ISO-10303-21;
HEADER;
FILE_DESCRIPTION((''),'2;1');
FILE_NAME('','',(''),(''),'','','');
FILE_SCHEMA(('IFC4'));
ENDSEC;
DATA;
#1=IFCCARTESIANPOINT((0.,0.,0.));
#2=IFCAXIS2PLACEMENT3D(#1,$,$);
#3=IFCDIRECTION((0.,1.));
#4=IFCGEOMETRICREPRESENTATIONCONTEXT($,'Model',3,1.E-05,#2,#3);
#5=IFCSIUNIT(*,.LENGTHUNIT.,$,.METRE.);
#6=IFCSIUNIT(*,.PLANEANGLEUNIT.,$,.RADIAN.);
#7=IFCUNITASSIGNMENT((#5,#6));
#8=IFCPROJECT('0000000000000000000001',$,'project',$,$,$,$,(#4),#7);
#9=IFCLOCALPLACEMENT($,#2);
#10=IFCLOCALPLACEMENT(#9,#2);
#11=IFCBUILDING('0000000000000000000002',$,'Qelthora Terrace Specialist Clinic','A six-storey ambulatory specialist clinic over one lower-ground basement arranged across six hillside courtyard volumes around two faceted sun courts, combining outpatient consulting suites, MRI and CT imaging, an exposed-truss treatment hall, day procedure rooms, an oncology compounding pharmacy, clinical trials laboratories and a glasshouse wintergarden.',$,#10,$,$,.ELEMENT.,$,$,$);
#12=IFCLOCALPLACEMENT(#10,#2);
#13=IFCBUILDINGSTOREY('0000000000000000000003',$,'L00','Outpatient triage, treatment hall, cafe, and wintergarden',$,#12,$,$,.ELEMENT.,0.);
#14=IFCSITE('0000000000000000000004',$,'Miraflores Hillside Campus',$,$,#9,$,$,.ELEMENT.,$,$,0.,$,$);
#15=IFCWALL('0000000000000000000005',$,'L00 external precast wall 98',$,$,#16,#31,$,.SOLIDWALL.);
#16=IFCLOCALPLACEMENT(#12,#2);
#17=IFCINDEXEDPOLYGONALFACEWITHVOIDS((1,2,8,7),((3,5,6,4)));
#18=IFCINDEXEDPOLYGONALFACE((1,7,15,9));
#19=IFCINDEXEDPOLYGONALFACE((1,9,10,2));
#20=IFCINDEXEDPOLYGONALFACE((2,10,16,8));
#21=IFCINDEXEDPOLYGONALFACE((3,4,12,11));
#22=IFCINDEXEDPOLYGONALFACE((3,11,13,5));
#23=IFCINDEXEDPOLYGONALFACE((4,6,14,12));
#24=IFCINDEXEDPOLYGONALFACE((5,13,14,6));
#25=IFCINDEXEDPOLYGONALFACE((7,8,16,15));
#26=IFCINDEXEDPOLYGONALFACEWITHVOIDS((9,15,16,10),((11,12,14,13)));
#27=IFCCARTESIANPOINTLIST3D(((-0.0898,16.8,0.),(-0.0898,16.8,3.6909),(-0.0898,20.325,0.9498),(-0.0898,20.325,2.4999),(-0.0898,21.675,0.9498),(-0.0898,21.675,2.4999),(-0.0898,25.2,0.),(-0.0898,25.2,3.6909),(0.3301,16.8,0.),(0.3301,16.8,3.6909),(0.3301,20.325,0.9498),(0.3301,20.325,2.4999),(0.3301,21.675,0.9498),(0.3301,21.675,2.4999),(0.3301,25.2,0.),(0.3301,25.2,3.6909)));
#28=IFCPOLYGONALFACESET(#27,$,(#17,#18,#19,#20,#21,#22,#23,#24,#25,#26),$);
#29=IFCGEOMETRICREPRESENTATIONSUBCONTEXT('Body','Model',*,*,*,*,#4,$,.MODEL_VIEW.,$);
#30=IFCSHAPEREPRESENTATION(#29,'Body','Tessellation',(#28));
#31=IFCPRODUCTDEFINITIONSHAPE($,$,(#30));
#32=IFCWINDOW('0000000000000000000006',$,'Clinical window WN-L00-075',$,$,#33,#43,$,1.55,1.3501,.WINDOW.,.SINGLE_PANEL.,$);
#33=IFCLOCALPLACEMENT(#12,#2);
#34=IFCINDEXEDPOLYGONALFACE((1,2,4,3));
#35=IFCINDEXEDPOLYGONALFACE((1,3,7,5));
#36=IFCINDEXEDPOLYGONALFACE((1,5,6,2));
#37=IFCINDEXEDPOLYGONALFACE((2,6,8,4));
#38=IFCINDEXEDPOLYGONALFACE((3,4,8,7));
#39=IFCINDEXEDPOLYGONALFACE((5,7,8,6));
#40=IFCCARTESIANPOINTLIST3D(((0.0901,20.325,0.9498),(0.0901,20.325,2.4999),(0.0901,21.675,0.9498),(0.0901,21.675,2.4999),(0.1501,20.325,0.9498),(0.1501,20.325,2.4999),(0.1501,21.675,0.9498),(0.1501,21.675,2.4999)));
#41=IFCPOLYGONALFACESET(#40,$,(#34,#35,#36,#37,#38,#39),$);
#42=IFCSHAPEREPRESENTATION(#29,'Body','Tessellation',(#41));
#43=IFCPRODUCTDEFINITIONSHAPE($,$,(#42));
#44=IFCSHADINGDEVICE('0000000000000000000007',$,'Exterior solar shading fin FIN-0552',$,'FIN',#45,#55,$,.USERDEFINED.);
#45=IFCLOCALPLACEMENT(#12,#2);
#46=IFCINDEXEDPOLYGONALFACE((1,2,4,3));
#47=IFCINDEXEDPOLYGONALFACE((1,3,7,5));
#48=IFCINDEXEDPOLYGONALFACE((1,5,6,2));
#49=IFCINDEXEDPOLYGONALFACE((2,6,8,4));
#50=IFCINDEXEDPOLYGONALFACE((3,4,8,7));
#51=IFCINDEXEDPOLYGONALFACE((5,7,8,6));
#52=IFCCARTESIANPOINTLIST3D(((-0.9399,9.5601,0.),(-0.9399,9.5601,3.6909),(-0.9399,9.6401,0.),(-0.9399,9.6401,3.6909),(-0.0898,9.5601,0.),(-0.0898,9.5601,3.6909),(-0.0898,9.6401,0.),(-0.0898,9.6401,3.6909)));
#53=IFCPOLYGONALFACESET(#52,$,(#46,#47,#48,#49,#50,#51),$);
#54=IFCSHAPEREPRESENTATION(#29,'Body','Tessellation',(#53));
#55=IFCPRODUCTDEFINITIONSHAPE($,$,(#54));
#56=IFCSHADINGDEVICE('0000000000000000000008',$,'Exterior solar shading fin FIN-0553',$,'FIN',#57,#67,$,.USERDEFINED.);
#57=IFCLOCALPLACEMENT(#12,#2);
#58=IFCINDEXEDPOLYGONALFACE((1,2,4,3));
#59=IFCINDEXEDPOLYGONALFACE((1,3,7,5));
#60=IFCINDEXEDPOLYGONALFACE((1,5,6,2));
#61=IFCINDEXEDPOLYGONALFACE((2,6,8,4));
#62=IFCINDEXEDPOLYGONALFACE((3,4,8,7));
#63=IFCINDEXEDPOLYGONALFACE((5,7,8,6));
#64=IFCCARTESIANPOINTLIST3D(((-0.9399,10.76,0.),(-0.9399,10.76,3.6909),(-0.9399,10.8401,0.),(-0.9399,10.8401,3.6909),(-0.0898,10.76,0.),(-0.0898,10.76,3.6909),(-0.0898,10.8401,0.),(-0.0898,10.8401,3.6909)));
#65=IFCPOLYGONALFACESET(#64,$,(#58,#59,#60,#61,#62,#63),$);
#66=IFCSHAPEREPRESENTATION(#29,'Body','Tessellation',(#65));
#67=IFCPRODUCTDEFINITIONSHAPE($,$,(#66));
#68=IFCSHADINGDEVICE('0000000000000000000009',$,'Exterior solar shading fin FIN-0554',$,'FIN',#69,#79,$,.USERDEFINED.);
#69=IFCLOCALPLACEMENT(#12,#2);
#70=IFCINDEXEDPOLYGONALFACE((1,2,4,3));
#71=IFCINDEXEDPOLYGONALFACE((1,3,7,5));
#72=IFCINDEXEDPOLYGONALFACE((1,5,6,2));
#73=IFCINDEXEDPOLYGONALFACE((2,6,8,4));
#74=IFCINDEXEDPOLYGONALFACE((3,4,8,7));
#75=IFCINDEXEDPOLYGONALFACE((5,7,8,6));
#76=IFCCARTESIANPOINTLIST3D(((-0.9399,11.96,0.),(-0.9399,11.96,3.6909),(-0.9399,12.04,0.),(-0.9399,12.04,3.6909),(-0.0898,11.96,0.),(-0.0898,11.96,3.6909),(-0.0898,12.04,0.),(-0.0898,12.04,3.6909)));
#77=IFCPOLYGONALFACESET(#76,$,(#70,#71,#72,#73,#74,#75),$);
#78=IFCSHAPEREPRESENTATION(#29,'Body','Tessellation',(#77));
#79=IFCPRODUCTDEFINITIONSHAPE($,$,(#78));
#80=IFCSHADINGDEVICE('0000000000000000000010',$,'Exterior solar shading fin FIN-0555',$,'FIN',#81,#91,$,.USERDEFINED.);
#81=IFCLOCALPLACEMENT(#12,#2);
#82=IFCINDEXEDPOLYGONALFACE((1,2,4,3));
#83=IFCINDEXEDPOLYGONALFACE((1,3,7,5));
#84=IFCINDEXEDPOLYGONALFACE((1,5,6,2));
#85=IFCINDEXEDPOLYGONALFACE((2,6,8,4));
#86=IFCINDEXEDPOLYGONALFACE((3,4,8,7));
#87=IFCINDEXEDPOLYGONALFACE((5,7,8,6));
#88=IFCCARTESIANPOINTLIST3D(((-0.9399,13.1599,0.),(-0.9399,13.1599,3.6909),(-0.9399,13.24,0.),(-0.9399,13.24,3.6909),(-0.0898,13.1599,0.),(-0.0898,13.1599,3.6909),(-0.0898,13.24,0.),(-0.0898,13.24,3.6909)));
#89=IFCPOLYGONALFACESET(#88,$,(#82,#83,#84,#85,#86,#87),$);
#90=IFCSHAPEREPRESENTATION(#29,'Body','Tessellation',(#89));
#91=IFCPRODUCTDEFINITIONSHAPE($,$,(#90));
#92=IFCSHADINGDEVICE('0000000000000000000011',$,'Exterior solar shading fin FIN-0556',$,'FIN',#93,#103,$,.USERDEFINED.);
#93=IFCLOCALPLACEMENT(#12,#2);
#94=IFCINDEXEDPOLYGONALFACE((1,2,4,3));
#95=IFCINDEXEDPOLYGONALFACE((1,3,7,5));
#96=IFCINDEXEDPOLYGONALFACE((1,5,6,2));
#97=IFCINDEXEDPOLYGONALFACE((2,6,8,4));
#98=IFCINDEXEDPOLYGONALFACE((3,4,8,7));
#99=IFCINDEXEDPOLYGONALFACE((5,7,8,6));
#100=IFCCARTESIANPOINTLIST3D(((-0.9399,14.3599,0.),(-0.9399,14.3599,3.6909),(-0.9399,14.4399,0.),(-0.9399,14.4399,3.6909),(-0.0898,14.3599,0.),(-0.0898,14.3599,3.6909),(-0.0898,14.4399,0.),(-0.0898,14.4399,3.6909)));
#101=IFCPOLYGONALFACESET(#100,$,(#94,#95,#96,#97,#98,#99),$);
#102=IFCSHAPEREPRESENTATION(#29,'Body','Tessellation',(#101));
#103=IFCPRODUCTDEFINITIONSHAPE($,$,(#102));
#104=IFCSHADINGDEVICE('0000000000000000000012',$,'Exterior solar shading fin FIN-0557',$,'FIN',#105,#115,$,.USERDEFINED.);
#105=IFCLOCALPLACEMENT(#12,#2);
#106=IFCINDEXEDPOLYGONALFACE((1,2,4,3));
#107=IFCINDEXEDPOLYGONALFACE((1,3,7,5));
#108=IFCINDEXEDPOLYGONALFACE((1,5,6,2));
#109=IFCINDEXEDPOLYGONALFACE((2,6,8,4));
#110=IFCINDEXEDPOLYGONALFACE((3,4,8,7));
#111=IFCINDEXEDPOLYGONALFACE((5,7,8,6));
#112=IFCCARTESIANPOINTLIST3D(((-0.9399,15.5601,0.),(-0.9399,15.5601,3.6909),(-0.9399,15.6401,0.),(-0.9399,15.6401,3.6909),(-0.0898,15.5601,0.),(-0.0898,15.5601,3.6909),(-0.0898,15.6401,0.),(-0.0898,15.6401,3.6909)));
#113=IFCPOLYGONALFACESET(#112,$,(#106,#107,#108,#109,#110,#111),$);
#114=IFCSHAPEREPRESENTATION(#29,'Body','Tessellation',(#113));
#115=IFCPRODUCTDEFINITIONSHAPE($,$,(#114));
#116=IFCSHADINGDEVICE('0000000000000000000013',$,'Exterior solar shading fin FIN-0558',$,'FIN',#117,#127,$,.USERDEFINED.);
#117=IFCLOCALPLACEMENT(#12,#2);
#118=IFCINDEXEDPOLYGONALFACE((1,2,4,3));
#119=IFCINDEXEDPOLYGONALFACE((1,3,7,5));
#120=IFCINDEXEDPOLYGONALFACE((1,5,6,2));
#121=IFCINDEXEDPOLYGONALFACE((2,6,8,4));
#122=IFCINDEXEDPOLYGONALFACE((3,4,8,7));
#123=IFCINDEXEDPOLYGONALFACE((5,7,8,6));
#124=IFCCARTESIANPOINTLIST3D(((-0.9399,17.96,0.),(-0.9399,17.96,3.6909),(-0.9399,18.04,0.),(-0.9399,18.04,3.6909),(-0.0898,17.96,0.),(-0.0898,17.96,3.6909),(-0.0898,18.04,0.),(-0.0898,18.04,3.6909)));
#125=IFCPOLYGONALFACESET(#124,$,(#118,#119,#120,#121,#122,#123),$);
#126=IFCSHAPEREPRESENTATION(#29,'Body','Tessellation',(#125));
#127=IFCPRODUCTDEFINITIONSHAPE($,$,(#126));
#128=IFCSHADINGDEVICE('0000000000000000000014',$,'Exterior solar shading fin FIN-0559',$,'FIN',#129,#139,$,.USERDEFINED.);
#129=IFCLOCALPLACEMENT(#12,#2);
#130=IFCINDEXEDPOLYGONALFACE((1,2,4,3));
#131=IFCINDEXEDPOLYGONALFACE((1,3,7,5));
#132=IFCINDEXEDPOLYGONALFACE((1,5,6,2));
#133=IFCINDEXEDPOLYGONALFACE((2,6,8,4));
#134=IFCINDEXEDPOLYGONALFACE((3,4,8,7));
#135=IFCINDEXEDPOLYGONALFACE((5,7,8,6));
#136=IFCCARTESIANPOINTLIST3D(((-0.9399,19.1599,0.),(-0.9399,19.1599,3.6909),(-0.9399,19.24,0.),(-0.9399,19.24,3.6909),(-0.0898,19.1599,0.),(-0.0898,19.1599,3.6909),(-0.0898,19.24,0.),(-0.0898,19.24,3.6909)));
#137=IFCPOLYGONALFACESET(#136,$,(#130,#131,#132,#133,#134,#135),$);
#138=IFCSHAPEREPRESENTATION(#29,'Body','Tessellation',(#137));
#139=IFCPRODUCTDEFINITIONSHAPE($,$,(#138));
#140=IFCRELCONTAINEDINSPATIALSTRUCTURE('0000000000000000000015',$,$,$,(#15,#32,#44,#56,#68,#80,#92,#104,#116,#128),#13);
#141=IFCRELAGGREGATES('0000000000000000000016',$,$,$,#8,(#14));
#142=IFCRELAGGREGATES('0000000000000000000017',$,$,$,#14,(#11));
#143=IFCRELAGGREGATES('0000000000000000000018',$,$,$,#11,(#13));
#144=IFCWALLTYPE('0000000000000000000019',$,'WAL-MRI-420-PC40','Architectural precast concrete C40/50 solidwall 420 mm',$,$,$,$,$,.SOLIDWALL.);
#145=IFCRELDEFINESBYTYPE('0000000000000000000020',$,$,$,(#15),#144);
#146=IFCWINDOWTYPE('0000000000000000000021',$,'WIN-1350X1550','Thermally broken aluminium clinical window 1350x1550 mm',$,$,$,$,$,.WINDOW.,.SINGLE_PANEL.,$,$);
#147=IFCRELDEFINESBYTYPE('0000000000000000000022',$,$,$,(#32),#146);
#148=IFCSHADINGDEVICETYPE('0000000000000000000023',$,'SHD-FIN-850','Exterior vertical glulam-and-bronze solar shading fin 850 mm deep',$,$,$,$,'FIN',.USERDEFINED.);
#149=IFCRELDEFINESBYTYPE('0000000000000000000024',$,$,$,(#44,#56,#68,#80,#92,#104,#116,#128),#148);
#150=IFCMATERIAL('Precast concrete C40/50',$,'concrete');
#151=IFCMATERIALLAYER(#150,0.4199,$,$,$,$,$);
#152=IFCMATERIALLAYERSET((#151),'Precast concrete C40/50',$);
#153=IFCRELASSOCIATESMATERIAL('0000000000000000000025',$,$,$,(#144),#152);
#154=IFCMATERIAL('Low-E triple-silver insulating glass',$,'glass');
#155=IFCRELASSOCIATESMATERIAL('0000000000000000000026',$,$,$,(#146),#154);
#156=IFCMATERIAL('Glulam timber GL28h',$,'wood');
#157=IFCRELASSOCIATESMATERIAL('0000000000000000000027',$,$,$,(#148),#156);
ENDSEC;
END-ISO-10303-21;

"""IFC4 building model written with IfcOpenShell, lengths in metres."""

from ifc_helpers import new_model, si_unit, direction, frame, frame_2d, origin, origin_2d, place, context, subcontext, project, spatial, rectangle, extrude, material, layer, layer_set, type_object, element, fill, save


model = new_model("IFC4")

# Units and contexts
model_context = context("Model", 3, precision=1e-05, world=origin(), true_north=direction((0.0, 1.0)))
body_context = subcontext(model_context, "Body", "Model", "MODEL_VIEW")
ifc_project = project(units=[si_unit("LENGTHUNIT", "METRE"), si_unit("PLANEANGLEUNIT", "RADIAN")], contexts=[model_context])

# Site, building, storey
site_placement = place(None, origin())
site = spatial("IfcSite", under=ifc_project, at=site_placement, Name="Miraflores Hillside Campus", CompositionType="ELEMENT", RefElevation=0.0)
building_placement = place(site_placement, origin())
building = spatial("IfcBuilding", under=site, at=building_placement, Name="Qelthora Terrace Specialist Clinic", Description="A six-storey ambulatory specialist clinic over one lower-ground basement arranged across six hillside courtyard volumes around two faceted sun courts, combining outpatient consulting suites, MRI and CT imaging, an exposed-truss treatment hall, day procedure rooms, an oncology compounding pharmacy, clinical trials laboratories and a glasshouse wintergarden.", CompositionType="ELEMENT")
storey_placement = place(building_placement, origin())
storey = spatial("IfcBuildingStorey", under=building, at=storey_placement, Name="L00", Description="Outpatient triage, treatment hall, cafe, and wintergarden", CompositionType="ELEMENT", Elevation=0.0)

# Shared definitions
ifc_material_1 = material(Name="Glulam timber GL28h", Category="wood")

# Wall, opening, window
ifc_material_2 = material(Name="Precast concrete C40/50", Category="concrete")
ifc_layer_1 = layer(ifc_material_2, 0.4199)
ifc_layer_set_1 = layer_set([ifc_layer_1], Name="Precast concrete C40/50")
wall_type_1 = type_object("IfcWallType", Name="WAL-MRI-420-PC40", Description="Architectural precast concrete C40/50 solidwall 420 mm", PredefinedType="SOLIDWALL", material=ifc_layer_set_1)
wall_1_placement = place(storey_placement, frame((0.1201, 16.8, 0.0), z_axis=(0.0, 0.0, 1.0), x_axis=(0.0, 1.0, 0.0)))
wall_1 = element("IfcWall", 1, at=wall_1_placement, inside=storey, type_object=wall_type_1, Name="L00 external precast wall 98", PredefinedType="SOLIDWALL", context=body_context, shape_type="SweptSolid", body=[
    extrude(rectangle(XDim=8.3999, YDim=0.4199, at=frame_2d((4.2, 0.0))), origin(), (0.0, 0.0, 1.0), 3.6909),
])
opening_1_placement = place(wall_1_placement, frame((3.5249, 0.0, 0.95)))
opening_1 = element("IfcOpeningElement", 2, at=opening_1_placement, cuts=wall_1, PredefinedType="OPENING", context=body_context, shape_type="SweptSolid", body=[
    extrude(rectangle(XDim=1.3501, YDim=1.55, at=frame_2d((0.675, 0.7749))), frame((0.0, 0.22, 0.0), z_axis=(0.0, -1.0, 0.0), x_axis=(1.0, 0.0, 0.0)), (0.0, 0.0, 1.0), 0.4399),
])
ifc_material_3 = material(Name="Low-E triple-silver insulating glass", Category="glass")
window_type = type_object("IfcWindowType", Name="WIN-1350X1550", Description="Thermally broken aluminium clinical window 1350x1550 mm", PartitioningType="SINGLE_PANEL", PredefinedType="WINDOW", material=ifc_material_3)
window_placement = place(opening_1_placement, origin())
window = element("IfcWindow", 3, at=window_placement, inside=storey, type_object=window_type, Name="Clinical window WN-L00-075", OverallHeight=1.55, OverallWidth=1.3501, PartitioningType="SINGLE_PANEL", PredefinedType="WINDOW", context=body_context, shape_type="SweptSolid", body=[
    extrude(rectangle(XDim=1.3501, YDim=1.55, at=frame_2d((0.675, 0.7749))), frame((0.0, 0.03, 0.0), z_axis=(0.0, -1.0, 0.0), x_axis=(1.0, 0.0, 0.0)), (0.0, 0.0, 1.0), 0.0601),
])
fill(opening_1, window)

# Shading devices
shading_device_type = type_object("IfcShadingDeviceType", Name="SHD-FIN-850", Description="Exterior vertical glulam-and-bronze solar shading fin 850 mm deep", ElementType="FIN", PredefinedType="USERDEFINED", material=ifc_material_1)
for number, where, z_axis, x_axis, name in (
    (4, (-0.5149, 9.6001, 0.0), (0.0, 0.0, 1.0), (-1.0, 0.0, 0.0), "Exterior solar shading fin FIN-0552"),
    (5, (-0.5149, 10.8, 0.0), (0.0, 0.0, 1.0), (-1.0, 0.0, 0.0), "Exterior solar shading fin FIN-0553"),
    (6, (-0.5149, 12.0, 0.0), (0.0, 0.0, 1.0), (-1.0, 0.0, 0.0), "Exterior solar shading fin FIN-0554"),
    (7, (-0.5149, 13.2, 0.0), (0.0, 0.0, 1.0), (-1.0, 0.0, 0.0), "Exterior solar shading fin FIN-0555"),
    (8, (-0.5149, 14.3999, 0.0), (0.0, 0.0, 1.0), (-1.0, 0.0, 0.0), "Exterior solar shading fin FIN-0556"),
    (9, (-0.5149, 15.6001, 0.0), (0.0, 0.0, 1.0), (-1.0, 0.0, 0.0), "Exterior solar shading fin FIN-0557"),
    (10, (-0.5149, 18.0, 0.0), (0.0, 0.0, 1.0), (-1.0, 0.0, 0.0), "Exterior solar shading fin FIN-0558"),
    (11, (-0.5149, 19.2, 0.0), (0.0, 0.0, 1.0), (-1.0, 0.0, 0.0), "Exterior solar shading fin FIN-0559"),
):
    element("IfcShadingDevice", number, at=place(storey_placement, frame(where, z_axis=z_axis, x_axis=x_axis)), inside=storey, type_object=shading_device_type, Name=name, ObjectType="FIN", PredefinedType="USERDEFINED", context=body_context, shape_type="SweptSolid", body=[
        extrude(rectangle(XDim=0.8501, YDim=0.0801, at=origin_2d()), origin(), (0.0, 0.0, 1.0), 3.6909),
    ])

save(model, "model.ifc")
